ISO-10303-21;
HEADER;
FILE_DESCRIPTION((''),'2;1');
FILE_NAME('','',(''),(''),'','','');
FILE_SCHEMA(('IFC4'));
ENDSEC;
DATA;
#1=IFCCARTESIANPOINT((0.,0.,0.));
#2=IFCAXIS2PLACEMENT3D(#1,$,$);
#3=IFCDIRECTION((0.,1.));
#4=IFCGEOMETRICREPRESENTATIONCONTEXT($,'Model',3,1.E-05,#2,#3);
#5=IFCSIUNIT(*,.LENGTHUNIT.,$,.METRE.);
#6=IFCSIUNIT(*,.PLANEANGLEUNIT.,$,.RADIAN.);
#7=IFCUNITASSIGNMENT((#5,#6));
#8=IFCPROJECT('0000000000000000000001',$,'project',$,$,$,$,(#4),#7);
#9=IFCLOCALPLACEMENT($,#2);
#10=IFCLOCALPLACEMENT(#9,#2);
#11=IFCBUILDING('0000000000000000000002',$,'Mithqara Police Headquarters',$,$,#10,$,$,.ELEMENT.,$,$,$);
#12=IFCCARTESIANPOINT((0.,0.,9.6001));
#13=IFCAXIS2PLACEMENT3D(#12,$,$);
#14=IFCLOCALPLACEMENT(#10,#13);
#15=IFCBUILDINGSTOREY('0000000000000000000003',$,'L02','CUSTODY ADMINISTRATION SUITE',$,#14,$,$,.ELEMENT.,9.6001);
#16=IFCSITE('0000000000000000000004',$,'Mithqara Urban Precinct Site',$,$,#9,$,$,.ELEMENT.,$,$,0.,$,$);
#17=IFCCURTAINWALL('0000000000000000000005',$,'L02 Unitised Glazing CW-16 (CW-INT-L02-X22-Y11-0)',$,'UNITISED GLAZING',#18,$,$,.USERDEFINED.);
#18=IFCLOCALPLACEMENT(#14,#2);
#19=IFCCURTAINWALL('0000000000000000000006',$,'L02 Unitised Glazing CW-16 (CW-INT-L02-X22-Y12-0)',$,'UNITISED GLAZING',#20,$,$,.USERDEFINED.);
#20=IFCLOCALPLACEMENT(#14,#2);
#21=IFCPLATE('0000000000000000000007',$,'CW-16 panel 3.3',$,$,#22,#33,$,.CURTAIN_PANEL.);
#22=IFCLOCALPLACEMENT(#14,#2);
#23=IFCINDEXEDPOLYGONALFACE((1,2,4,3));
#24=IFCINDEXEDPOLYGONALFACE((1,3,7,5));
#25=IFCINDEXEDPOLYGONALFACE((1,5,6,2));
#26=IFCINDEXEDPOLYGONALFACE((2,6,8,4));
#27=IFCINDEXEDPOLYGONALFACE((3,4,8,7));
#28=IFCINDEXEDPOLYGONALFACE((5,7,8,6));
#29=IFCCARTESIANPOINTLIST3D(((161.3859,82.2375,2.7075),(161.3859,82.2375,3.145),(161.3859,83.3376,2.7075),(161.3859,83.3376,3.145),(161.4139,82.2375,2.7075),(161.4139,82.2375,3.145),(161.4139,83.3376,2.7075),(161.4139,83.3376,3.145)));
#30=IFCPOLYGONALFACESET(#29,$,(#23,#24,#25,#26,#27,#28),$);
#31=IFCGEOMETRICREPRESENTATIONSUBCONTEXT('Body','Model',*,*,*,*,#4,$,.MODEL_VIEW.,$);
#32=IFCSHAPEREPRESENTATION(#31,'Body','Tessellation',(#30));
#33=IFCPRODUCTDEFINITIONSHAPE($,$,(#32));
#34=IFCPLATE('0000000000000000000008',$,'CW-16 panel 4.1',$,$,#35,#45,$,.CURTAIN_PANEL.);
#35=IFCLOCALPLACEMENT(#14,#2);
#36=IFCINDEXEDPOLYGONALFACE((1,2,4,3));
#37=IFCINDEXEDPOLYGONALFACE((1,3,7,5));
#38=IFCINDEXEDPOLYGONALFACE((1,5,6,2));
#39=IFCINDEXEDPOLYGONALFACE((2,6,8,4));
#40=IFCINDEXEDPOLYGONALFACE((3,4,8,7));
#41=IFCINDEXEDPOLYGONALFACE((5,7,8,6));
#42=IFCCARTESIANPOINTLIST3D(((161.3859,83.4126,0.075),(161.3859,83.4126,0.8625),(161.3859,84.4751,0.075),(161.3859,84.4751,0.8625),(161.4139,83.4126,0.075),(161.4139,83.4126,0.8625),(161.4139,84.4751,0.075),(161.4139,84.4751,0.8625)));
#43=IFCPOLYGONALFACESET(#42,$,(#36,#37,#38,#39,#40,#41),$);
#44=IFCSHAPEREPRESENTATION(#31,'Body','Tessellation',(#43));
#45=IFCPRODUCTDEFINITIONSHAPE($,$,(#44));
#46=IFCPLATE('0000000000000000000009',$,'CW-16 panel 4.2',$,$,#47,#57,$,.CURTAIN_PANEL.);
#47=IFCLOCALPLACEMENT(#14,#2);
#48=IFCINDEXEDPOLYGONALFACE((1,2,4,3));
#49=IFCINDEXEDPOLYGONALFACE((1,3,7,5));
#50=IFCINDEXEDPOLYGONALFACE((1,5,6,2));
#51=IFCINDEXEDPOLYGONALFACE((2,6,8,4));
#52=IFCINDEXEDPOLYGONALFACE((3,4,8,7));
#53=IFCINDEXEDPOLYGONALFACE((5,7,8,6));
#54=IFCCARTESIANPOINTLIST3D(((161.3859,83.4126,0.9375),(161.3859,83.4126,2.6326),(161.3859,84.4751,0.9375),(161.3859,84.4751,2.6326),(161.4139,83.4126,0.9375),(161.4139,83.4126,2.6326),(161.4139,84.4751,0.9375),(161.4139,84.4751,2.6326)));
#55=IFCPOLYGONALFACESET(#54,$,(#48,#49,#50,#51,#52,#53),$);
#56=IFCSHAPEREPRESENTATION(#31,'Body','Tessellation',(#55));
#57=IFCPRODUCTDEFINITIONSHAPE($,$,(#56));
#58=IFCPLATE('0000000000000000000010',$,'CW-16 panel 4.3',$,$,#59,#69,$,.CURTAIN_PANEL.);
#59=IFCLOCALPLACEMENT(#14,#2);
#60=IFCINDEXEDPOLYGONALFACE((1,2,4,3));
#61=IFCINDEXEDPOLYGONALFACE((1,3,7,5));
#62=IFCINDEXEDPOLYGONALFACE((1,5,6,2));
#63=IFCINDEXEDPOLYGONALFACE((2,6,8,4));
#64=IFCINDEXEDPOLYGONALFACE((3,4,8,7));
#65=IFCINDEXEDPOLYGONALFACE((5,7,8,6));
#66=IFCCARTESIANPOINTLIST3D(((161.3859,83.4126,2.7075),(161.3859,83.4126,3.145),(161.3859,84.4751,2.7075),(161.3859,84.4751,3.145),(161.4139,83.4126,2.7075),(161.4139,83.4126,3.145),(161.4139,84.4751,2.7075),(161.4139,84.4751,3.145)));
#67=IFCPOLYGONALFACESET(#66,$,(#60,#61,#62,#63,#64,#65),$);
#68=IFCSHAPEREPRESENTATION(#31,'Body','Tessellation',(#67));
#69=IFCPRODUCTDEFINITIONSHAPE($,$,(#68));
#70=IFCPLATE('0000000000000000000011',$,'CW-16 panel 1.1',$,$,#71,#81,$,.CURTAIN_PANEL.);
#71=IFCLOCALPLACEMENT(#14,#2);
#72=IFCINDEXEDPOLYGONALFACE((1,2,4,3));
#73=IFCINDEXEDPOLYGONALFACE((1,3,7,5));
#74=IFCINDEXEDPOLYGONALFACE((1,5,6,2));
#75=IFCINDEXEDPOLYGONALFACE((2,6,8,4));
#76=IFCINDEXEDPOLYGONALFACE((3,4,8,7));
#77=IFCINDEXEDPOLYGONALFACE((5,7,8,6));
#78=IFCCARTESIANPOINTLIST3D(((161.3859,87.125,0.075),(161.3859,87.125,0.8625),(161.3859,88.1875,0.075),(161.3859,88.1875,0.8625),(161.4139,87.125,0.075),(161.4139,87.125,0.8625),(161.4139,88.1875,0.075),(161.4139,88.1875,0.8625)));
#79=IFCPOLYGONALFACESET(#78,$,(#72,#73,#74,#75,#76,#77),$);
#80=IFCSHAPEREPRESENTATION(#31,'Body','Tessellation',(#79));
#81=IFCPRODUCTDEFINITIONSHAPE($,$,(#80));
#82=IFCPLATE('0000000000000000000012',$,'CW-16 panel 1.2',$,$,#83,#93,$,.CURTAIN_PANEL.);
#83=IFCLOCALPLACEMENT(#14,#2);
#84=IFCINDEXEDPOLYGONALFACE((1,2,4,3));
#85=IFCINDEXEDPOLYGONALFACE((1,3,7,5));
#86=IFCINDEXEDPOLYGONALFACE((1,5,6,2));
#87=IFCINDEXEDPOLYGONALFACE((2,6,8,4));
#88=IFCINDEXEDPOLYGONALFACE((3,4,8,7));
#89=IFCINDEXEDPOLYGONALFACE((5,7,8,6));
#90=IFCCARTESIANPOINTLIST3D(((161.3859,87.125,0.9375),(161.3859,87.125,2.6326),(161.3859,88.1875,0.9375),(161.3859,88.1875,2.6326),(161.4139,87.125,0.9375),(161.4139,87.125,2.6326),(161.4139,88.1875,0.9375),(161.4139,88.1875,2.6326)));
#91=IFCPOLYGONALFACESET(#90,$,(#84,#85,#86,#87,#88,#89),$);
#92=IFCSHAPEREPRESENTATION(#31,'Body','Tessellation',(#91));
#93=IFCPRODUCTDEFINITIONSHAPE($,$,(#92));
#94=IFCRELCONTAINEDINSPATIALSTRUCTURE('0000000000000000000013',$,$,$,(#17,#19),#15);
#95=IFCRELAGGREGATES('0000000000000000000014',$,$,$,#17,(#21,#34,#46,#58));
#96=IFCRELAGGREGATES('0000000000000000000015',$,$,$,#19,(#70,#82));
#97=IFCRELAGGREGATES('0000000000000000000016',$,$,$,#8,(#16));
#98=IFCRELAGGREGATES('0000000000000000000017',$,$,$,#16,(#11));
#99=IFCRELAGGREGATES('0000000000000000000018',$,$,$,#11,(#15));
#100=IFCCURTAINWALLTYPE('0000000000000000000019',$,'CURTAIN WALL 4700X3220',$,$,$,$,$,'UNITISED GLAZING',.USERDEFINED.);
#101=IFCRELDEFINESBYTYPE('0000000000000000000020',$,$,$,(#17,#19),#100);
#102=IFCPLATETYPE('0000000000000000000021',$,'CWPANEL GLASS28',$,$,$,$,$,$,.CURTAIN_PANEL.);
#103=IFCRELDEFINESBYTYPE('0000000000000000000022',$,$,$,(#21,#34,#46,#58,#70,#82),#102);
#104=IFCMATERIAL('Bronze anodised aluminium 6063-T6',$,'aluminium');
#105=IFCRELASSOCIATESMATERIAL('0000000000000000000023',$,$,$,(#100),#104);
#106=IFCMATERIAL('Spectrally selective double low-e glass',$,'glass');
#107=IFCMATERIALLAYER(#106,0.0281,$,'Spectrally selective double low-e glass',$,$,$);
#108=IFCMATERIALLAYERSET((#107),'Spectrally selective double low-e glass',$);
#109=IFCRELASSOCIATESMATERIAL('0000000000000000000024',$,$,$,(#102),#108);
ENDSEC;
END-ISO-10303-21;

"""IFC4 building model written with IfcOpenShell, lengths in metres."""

from ifc_helpers import new_model, si_unit, direction, frame, origin, origin_2d, place, context, subcontext, project, spatial, rectangle, extrude, material, layer, layer_set, type_object, element, aggregate, save


model = new_model("IFC4")

# Units and contexts
model_context = context("Model", 3, precision=1e-05, world=origin(), true_north=direction((0.0, 1.0)))
body_context = subcontext(model_context, "Body", "Model", "MODEL_VIEW")
ifc_project = project(units=[si_unit("LENGTHUNIT", "METRE"), si_unit("PLANEANGLEUNIT", "RADIAN")], contexts=[model_context])

# Site, building, storey
site_placement = place(None, origin())
site = spatial("IfcSite", under=ifc_project, at=site_placement, Name="Mithqara Urban Precinct Site", CompositionType="ELEMENT", RefElevation=0.0)
building_placement = place(site_placement, origin())
building = spatial("IfcBuilding", under=site, at=building_placement, Name="Mithqara Police Headquarters", CompositionType="ELEMENT")
storey_placement = place(building_placement, frame((0.0, 0.0, 9.6001)))
storey = spatial("IfcBuildingStorey", under=building, at=storey_placement, Name="L02", Description="CUSTODY ADMINISTRATION SUITE", CompositionType="ELEMENT", Elevation=9.6001)

# Curtain wall
ifc_material_1 = material(Name="Bronze anodised aluminium 6063-T6", Category="aluminium")
curtain_wall_type = type_object("IfcCurtainWallType", Name="CURTAIN WALL 4700X3220", ElementType="UNITISED GLAZING", PredefinedType="USERDEFINED", material=ifc_material_1)
curtain_wall_1_placement = place(storey_placement, origin())
curtain_wall_1 = element("IfcCurtainWall", 1, at=curtain_wall_1_placement, inside=storey, type_object=curtain_wall_type, Name="L02 Unitised Glazing CW-16 (CW-INT-L02-X22-Y11-0)", ObjectType="UNITISED GLAZING", PredefinedType="USERDEFINED")

# Curtain wall
curtain_wall_2_placement = place(storey_placement, origin())
curtain_wall_2 = element("IfcCurtainWall", 2, at=curtain_wall_2_placement, inside=storey, type_object=curtain_wall_type, Name="L02 Unitised Glazing CW-16 (CW-INT-L02-X22-Y12-0)", ObjectType="UNITISED GLAZING", PredefinedType="USERDEFINED")

# Plates
ifc_material_2 = material(Name="Spectrally selective double low-e glass", Category="glass")
ifc_layer = layer(ifc_material_2, 0.0281, Name="Spectrally selective double low-e glass")
ifc_layer_set = layer_set([ifc_layer], Name="Spectrally selective double low-e glass")
plate_type = type_object("IfcPlateType", Name="CWPANEL GLASS28", PredefinedType="CURTAIN_PANEL", material=ifc_layer_set)
plate_1_placement = place(storey_placement, frame((161.3999, 82.7876, 2.7075), z_axis=(0.0, 0.0, 1.0), x_axis=(0.0, 1.0, 0.0)))
plate_1 = element("IfcPlate", 3, at=plate_1_placement, type_object=plate_type, Name="CW-16 panel 3.3", PredefinedType="CURTAIN_PANEL", context=body_context, shape_type="SweptSolid", body=[
    extrude(rectangle(XDim=1.1001, YDim=0.0281, at=origin_2d()), origin(), (0.0, 0.0, 1.0), 0.4375),
])
plate_2_placement = place(storey_placement, frame((161.3999, 83.9438, 0.075), z_axis=(0.0, 0.0, 1.0), x_axis=(0.0, 1.0, 0.0)))
plate_2 = element("IfcPlate", 4, at=plate_2_placement, type_object=plate_type, Name="CW-16 panel 4.1", PredefinedType="CURTAIN_PANEL", context=body_context, shape_type="SweptSolid", body=[
    extrude(rectangle(XDim=1.0625, YDim=0.0281, at=origin_2d()), origin(), (0.0, 0.0, 1.0), 0.7876),
])
plate_3_placement = place(storey_placement, frame((161.3999, 83.9438, 0.9375), z_axis=(0.0, 0.0, 1.0), x_axis=(0.0, 1.0, 0.0)))
plate_3 = element("IfcPlate", 5, at=plate_3_placement, type_object=plate_type, Name="CW-16 panel 4.2", PredefinedType="CURTAIN_PANEL", context=body_context, shape_type="SweptSolid", body=[
    extrude(rectangle(XDim=1.0625, YDim=0.0281, at=origin_2d()), origin(), (0.0, 0.0, 1.0), 1.6951),
])
plate_4_placement = place(storey_placement, frame((161.3999, 83.9438, 2.7075), z_axis=(0.0, 0.0, 1.0), x_axis=(0.0, 1.0, 0.0)))
plate_4 = element("IfcPlate", 6, at=plate_4_placement, type_object=plate_type, Name="CW-16 panel 4.3", PredefinedType="CURTAIN_PANEL", context=body_context, shape_type="SweptSolid", body=[
    extrude(rectangle(XDim=1.0625, YDim=0.0281, at=origin_2d()), origin(), (0.0, 0.0, 1.0), 0.4375),
])
aggregate(curtain_wall_1, [plate_1, plate_2, plate_3, plate_4])
plate_5_placement = place(storey_placement, frame((161.3999, 87.6562, 0.075), z_axis=(0.0, 0.0, 1.0), x_axis=(0.0, 1.0, 0.0)))
plate_5 = element("IfcPlate", 7, at=plate_5_placement, type_object=plate_type, Name="CW-16 panel 1.1", PredefinedType="CURTAIN_PANEL", context=body_context, shape_type="SweptSolid", body=[
    extrude(rectangle(XDim=1.0625, YDim=0.0281, at=origin_2d()), origin(), (0.0, 0.0, 1.0), 0.7876),
])
plate_6_placement = place(storey_placement, frame((161.3999, 87.6562, 0.9375), z_axis=(0.0, 0.0, 1.0), x_axis=(0.0, 1.0, 0.0)))
plate_6 = element("IfcPlate", 8, at=plate_6_placement, type_object=plate_type, Name="CW-16 panel 1.2", PredefinedType="CURTAIN_PANEL", context=body_context, shape_type="SweptSolid", body=[
    extrude(rectangle(XDim=1.0625, YDim=0.0281, at=origin_2d()), origin(), (0.0, 0.0, 1.0), 1.6951),
])
aggregate(curtain_wall_2, [plate_5, plate_6])

save(model, "model.ifc")
